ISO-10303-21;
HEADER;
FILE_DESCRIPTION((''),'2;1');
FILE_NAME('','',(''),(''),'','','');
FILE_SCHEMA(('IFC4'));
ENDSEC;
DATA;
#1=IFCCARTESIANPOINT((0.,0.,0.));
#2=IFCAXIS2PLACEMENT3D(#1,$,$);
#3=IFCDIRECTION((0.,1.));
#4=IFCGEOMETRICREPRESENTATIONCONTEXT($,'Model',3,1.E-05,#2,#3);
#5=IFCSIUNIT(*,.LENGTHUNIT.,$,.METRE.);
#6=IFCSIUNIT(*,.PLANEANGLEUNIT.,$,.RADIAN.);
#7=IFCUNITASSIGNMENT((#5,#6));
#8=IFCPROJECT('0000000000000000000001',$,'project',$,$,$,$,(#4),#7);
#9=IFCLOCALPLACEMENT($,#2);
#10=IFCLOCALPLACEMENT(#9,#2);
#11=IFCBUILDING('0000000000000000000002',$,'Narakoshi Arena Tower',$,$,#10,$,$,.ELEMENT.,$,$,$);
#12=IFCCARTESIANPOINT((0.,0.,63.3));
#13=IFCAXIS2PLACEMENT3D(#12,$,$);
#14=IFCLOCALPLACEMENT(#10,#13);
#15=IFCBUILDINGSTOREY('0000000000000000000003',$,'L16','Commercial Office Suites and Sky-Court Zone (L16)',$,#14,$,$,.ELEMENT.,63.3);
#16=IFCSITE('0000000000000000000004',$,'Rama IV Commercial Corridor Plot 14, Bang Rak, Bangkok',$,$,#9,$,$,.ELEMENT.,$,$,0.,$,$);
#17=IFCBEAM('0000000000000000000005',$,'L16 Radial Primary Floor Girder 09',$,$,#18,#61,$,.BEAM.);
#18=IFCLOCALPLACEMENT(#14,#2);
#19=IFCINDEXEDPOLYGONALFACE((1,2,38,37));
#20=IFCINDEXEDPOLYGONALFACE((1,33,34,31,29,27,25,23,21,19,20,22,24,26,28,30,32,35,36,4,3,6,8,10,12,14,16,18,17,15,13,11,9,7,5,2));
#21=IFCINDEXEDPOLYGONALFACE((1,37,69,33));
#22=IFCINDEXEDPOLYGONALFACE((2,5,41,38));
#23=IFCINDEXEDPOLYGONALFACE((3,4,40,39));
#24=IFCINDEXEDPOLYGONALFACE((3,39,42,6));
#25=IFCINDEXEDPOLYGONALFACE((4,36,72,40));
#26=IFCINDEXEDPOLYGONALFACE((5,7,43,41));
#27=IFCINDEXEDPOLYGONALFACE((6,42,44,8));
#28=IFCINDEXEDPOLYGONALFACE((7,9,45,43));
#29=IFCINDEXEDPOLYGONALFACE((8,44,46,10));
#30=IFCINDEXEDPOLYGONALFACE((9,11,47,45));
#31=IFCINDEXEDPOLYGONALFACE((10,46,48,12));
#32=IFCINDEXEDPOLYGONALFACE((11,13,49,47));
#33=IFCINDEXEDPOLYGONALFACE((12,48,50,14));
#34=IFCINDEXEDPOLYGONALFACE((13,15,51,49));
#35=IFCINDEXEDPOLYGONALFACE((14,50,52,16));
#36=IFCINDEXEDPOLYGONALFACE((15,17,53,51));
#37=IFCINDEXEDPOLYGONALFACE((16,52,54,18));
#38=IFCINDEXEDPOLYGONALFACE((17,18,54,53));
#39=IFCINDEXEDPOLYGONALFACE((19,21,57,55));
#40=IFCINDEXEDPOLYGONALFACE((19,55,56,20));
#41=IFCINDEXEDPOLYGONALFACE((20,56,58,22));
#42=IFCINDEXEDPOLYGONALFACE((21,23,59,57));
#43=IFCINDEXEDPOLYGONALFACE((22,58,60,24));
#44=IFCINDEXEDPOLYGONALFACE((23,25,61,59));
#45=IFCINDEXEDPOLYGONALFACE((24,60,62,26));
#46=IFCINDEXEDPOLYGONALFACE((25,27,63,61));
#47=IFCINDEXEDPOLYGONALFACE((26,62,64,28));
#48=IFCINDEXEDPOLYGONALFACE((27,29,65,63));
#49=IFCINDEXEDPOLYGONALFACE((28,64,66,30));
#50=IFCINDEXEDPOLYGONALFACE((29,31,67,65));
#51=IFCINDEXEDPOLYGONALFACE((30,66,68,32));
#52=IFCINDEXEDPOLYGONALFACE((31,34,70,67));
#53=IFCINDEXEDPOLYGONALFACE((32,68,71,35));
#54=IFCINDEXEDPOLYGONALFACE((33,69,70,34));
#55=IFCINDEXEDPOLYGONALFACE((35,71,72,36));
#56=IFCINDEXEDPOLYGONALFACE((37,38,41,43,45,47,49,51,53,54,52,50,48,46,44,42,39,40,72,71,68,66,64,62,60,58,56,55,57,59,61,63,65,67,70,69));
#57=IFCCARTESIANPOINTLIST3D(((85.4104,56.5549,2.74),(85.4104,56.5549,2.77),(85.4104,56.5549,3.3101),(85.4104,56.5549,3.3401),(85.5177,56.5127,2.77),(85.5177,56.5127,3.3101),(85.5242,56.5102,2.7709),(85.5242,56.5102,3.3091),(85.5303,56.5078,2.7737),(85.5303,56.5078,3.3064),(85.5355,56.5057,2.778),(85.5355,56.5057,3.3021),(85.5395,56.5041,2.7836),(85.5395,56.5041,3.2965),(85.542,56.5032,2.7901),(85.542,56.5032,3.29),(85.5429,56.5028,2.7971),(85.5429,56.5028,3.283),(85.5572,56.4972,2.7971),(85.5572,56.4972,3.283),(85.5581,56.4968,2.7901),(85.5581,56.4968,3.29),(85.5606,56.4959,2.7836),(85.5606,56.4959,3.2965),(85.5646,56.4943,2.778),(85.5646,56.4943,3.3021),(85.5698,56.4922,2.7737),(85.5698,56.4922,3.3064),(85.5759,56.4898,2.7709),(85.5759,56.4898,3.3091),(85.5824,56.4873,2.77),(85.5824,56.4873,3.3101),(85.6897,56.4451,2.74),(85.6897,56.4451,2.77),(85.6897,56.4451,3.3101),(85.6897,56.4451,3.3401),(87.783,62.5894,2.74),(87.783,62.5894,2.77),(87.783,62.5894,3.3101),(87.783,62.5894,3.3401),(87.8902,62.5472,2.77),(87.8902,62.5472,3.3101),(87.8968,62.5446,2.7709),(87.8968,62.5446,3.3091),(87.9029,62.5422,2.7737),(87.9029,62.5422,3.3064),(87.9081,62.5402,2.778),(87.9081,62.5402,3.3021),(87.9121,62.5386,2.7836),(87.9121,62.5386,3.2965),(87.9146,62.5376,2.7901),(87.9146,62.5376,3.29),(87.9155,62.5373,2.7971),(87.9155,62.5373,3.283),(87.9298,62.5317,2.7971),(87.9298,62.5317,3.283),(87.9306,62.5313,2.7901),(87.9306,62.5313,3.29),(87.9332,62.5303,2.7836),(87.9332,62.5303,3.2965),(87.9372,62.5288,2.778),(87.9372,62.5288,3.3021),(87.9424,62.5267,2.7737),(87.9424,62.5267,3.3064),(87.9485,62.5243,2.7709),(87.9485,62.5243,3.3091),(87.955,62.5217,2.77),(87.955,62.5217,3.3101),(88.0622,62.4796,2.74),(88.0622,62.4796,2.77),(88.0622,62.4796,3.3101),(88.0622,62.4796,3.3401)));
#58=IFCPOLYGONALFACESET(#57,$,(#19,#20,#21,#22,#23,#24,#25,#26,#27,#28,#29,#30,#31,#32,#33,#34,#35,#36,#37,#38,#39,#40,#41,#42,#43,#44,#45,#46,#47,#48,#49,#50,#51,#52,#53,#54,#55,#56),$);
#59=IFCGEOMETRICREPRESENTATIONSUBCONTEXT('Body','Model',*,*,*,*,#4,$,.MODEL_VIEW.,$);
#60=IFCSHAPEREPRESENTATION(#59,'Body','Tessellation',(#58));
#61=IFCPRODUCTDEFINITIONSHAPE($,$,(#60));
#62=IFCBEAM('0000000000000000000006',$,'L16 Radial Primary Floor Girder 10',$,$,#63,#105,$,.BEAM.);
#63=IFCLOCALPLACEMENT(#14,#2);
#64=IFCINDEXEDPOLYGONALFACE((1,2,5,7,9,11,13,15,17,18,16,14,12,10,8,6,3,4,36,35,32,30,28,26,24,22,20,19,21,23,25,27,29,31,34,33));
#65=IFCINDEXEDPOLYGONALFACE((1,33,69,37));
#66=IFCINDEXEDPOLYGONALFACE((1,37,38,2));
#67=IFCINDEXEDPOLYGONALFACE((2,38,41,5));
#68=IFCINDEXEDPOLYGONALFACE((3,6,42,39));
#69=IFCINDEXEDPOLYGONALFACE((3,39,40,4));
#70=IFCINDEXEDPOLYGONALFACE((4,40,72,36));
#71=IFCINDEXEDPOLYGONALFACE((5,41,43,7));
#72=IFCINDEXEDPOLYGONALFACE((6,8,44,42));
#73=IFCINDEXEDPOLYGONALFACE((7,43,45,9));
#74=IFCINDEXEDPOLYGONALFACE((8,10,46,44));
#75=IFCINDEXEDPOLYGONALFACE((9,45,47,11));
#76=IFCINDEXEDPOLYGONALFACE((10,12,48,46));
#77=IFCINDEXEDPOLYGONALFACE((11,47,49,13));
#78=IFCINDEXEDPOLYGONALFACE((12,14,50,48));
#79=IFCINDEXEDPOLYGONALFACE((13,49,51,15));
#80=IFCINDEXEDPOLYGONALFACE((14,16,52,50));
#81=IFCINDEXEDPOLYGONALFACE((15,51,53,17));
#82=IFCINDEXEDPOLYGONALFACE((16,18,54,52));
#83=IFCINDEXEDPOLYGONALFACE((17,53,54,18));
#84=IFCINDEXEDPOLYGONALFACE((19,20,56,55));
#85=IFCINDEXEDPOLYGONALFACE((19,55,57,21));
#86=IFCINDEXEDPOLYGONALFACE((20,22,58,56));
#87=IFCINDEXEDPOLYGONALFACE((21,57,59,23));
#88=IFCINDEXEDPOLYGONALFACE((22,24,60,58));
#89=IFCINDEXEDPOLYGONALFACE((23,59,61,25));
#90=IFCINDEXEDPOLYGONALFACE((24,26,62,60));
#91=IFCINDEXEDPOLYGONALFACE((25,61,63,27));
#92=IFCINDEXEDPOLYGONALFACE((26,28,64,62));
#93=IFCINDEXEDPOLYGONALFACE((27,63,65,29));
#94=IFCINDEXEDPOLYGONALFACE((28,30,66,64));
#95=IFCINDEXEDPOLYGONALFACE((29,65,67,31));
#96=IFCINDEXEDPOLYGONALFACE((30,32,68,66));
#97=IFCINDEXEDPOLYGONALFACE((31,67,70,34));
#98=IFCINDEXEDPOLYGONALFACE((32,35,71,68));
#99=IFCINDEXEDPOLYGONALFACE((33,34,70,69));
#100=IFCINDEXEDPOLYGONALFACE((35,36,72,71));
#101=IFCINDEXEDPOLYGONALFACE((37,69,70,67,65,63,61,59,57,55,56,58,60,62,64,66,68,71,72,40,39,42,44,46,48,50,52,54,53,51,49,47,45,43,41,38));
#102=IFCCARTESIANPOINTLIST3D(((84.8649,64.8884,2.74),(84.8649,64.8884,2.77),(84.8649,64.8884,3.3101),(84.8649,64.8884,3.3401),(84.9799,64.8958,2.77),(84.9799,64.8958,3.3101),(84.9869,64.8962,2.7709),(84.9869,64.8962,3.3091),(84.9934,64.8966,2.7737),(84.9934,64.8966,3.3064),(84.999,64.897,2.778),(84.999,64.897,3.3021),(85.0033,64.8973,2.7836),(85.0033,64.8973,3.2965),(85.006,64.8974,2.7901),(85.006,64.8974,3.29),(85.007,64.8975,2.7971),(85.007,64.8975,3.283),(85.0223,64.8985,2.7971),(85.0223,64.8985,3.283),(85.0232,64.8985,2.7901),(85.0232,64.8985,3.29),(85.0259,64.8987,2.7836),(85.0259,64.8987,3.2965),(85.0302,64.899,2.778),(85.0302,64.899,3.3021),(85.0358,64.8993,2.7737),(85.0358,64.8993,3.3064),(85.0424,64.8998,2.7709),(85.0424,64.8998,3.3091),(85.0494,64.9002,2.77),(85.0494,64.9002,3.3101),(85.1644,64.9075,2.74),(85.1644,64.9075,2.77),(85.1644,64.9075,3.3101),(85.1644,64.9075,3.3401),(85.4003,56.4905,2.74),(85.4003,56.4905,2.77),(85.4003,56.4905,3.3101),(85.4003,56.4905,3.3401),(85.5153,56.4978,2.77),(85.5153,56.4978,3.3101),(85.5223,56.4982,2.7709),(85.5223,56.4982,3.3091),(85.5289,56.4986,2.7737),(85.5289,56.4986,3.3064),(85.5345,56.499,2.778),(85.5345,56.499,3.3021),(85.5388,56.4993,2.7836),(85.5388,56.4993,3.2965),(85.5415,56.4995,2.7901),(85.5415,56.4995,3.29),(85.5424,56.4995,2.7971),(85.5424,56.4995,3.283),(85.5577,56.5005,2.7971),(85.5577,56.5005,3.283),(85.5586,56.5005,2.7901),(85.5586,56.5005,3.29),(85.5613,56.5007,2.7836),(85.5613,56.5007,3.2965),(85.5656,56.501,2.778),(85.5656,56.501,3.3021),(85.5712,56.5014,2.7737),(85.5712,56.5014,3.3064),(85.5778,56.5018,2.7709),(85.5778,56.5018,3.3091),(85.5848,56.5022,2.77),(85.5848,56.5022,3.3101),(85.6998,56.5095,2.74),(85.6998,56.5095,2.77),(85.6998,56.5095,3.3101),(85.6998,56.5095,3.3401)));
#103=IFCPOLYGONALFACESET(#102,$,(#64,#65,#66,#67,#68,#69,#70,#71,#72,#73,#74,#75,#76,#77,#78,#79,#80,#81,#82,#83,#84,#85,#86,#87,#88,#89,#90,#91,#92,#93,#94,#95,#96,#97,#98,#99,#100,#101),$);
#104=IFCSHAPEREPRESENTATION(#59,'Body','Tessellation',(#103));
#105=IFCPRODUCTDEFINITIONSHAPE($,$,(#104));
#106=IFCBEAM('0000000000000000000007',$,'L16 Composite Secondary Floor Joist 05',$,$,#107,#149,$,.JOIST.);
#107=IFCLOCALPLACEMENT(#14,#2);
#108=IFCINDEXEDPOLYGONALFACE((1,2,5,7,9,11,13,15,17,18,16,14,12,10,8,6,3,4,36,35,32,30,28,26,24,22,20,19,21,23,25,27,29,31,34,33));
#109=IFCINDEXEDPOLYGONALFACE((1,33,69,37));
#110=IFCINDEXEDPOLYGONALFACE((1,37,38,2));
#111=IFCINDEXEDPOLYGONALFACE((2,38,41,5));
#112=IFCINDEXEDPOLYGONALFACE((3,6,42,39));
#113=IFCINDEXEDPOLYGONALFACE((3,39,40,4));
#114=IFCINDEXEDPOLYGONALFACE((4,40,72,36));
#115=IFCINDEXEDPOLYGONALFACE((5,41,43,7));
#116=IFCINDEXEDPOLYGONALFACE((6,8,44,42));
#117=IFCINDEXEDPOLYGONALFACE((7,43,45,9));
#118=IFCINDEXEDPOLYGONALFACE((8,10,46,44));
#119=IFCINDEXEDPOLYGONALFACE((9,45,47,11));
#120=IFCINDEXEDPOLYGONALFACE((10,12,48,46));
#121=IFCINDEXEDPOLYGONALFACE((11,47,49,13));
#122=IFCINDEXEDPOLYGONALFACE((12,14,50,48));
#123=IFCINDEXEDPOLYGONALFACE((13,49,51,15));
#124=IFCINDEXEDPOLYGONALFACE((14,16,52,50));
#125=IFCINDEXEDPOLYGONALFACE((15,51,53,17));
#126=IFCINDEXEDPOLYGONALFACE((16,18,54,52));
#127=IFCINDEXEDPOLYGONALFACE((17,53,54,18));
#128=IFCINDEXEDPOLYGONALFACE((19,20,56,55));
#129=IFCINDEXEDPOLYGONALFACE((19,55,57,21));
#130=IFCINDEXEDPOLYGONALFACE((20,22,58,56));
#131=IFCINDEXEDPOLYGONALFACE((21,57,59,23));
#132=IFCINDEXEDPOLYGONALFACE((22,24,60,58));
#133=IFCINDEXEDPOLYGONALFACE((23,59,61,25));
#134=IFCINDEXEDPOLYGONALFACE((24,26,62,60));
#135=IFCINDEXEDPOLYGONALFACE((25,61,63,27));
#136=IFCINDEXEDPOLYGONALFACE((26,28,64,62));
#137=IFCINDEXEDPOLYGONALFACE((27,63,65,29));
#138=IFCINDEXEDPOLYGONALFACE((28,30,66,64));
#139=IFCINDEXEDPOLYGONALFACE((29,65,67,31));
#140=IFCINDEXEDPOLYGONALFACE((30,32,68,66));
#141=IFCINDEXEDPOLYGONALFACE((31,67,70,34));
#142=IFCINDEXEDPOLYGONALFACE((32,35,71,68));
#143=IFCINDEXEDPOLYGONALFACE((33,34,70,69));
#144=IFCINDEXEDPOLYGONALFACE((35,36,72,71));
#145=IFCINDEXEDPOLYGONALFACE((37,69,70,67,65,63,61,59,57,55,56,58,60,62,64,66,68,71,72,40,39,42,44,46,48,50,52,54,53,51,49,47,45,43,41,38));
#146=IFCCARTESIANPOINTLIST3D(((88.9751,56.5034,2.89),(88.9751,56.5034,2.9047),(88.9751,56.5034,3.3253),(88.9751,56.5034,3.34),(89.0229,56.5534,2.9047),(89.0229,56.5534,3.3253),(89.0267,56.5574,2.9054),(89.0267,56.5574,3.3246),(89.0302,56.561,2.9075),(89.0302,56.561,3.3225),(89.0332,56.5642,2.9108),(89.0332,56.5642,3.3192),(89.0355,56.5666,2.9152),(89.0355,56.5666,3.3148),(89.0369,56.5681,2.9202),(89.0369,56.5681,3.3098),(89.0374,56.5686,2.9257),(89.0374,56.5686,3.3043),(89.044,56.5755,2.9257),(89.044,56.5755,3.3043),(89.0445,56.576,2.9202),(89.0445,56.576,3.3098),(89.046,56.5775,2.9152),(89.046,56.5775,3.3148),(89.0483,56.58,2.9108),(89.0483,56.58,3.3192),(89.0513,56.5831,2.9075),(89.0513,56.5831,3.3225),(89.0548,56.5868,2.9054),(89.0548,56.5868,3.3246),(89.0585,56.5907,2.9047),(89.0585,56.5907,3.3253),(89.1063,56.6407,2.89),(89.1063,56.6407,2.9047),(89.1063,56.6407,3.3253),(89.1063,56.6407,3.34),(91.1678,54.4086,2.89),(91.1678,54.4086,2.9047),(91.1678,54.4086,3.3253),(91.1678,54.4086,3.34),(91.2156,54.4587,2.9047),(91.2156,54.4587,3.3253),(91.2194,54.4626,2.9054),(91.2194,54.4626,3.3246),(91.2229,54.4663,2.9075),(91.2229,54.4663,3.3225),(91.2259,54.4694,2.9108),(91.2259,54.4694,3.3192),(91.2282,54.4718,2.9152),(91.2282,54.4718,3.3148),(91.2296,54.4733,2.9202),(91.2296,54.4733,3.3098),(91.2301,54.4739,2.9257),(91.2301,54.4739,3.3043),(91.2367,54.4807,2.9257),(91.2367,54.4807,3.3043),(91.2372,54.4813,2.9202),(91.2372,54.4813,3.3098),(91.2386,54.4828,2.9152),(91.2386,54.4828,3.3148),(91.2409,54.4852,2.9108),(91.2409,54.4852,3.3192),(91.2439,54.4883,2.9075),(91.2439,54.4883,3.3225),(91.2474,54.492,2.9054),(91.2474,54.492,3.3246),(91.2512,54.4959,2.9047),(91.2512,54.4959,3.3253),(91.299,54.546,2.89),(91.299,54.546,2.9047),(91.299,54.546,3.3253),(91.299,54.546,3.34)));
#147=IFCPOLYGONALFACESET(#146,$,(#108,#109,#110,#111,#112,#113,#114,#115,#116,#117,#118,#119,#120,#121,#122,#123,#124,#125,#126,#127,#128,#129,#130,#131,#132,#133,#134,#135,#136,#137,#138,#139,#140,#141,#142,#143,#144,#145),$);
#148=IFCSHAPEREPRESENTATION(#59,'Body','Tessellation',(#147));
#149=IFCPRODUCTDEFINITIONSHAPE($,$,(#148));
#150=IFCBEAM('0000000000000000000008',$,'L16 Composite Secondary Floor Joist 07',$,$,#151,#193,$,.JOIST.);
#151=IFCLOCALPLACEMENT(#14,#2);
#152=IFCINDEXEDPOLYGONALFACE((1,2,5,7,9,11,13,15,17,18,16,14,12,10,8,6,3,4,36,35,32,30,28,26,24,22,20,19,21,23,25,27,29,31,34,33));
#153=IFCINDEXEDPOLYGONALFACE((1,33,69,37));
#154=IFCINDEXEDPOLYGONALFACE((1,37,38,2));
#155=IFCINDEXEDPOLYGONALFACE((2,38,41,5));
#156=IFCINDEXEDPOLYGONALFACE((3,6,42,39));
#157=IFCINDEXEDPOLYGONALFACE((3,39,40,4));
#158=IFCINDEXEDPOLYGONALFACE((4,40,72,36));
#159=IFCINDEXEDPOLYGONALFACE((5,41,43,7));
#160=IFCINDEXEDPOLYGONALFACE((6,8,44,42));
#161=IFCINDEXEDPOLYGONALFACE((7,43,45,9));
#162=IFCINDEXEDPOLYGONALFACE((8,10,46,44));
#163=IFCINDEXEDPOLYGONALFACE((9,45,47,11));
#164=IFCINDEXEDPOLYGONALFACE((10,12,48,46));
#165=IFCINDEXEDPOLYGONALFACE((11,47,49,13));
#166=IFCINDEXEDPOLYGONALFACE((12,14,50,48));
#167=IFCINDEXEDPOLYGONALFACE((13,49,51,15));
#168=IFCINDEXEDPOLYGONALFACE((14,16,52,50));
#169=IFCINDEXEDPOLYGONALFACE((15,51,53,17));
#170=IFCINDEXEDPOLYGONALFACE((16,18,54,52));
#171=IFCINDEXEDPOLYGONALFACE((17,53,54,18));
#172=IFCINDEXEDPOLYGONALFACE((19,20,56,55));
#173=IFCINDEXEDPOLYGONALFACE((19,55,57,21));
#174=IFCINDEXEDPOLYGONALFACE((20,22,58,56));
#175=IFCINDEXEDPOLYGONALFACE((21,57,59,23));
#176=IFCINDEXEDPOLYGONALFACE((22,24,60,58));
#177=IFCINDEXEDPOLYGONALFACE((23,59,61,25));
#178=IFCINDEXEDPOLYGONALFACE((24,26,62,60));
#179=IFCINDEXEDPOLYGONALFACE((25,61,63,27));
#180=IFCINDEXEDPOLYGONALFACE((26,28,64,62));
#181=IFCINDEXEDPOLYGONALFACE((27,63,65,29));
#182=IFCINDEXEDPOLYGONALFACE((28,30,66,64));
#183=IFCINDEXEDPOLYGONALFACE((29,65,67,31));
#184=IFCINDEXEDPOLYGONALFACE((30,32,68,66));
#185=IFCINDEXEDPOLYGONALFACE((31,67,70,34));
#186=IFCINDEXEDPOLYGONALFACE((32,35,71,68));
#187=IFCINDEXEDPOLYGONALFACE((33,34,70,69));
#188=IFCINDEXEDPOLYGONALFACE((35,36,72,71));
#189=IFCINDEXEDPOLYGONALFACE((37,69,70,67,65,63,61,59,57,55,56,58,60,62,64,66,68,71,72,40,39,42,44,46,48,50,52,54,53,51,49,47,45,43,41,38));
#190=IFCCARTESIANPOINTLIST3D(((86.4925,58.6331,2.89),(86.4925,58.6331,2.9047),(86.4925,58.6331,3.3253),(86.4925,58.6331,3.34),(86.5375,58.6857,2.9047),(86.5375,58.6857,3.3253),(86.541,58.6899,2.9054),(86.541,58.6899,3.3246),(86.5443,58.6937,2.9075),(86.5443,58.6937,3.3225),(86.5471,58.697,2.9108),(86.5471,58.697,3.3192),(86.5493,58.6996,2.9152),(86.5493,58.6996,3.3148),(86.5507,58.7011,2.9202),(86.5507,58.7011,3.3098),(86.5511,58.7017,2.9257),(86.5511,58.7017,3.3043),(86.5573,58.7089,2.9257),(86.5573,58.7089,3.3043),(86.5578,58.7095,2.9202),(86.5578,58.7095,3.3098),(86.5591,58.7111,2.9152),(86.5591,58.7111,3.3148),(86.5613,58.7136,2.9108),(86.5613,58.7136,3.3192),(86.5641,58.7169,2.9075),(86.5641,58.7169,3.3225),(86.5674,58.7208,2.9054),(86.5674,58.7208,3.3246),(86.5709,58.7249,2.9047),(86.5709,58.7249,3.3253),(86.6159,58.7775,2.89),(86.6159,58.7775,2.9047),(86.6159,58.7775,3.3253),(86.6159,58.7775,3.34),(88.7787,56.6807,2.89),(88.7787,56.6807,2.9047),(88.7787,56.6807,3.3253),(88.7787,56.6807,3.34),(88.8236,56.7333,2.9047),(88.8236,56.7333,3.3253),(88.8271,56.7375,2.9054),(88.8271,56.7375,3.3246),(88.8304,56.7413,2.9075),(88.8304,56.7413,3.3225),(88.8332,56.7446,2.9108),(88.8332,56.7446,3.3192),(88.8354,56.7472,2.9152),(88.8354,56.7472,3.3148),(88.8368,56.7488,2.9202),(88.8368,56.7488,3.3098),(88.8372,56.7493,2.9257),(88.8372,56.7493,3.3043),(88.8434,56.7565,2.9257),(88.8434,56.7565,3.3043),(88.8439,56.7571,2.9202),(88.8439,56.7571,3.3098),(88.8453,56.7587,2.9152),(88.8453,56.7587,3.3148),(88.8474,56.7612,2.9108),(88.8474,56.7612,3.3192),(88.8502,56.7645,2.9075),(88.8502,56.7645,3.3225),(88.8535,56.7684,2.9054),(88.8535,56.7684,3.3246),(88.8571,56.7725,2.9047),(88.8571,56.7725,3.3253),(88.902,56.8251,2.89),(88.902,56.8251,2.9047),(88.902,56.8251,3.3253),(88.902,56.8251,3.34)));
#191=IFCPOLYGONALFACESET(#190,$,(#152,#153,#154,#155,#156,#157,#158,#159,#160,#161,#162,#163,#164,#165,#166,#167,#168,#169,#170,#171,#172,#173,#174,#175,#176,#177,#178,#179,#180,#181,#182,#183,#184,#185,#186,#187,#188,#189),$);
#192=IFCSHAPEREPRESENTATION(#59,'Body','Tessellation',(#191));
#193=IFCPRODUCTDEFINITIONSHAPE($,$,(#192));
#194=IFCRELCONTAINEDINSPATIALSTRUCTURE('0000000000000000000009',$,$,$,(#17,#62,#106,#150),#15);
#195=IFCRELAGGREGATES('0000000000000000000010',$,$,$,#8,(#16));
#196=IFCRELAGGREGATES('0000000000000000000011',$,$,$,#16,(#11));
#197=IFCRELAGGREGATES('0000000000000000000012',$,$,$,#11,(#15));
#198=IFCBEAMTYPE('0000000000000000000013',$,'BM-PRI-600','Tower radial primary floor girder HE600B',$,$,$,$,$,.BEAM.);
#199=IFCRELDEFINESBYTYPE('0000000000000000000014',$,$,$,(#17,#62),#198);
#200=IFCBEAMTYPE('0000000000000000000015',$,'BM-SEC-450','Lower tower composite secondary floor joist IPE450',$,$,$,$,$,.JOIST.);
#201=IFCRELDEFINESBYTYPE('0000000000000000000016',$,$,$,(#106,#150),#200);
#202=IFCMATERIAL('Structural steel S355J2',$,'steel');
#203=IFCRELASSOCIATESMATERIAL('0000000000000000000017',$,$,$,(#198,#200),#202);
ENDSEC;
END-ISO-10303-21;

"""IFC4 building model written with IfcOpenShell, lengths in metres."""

from ifc_helpers import new_model, si_unit, direction, frame, origin, origin_2d, place, context, subcontext, project, spatial, i_section, extrude, material, material_profile, profile_set, type_object, element, save


model = new_model("IFC4")

# Units and contexts
model_context = context("Model", 3, precision=1e-05, world=origin(), true_north=direction((0.0, 1.0)))
body_context = subcontext(model_context, "Body", "Model", "MODEL_VIEW")
ifc_project = project(units=[si_unit("LENGTHUNIT", "METRE"), si_unit("PLANEANGLEUNIT", "RADIAN")], contexts=[model_context])

# Site, building, storey
site_placement = place(None, origin())
site = spatial("IfcSite", under=ifc_project, at=site_placement, Name="Rama IV Commercial Corridor Plot 14, Bang Rak, Bangkok", CompositionType="ELEMENT", RefElevation=0.0)
building_placement = place(site_placement, origin())
building = spatial("IfcBuilding", under=site, at=building_placement, Name="Narakoshi Arena Tower", CompositionType="ELEMENT")
storey_placement = place(building_placement, frame((0.0, 0.0, 63.3)))
storey = spatial("IfcBuildingStorey", under=building, at=storey_placement, Name="L16", Description="Commercial Office Suites and Sky-Court Zone (L16)", CompositionType="ELEMENT", Elevation=63.3)

# Beams
ifc_material_1 = material(Name="Structural steel S355J2", Category="steel")
ifc_material_profile_1 = material_profile(ifc_material_1, i_section(OverallWidth=0.3, OverallDepth=0.6001, WebThickness=0.0154, FlangeThickness=0.03, FilletRadius=0.0271, at=origin_2d()), Name="HE600B")
ifc_profile_set_1 = profile_set([ifc_material_profile_1], Name="Structural steel S355J2")
beam_type_1 = type_object("IfcBeamType", Name="BM-PRI-600", Description="Tower radial primary floor girder HE600B", PredefinedType="BEAM", material=ifc_profile_set_1)
beam_1_placement = place(storey_placement, frame((85.55, 56.5, 3.04), z_axis=(0.365905, 0.930652, 0.0), x_axis=(-0.930652, 0.365905, 0.0)))
element("IfcBeam", 1, at=beam_1_placement, inside=storey, type_object=beam_type_1, Name="L16 Radial Primary Floor Girder 09", PredefinedType="BEAM", context=body_context, shape_type="SweptSolid", body=[
    extrude(i_section(OverallWidth=0.3, OverallDepth=0.6001, WebThickness=0.0154, FlangeThickness=0.03, FilletRadius=0.0271, at=origin_2d()), origin(), (0.0, 0.0, 1.0), 6.4841),
])
beam_2_placement = place(storey_placement, frame((85.55, 56.5, 3.04), z_axis=(-0.063625, 0.997974, 0.0), x_axis=(-0.997974, -0.063625, 0.0)))
element("IfcBeam", 2, at=beam_2_placement, inside=storey, type_object=beam_type_1, Name="L16 Radial Primary Floor Girder 10", PredefinedType="BEAM", context=body_context, shape_type="SweptSolid", body=[
    extrude(i_section(OverallWidth=0.3, OverallDepth=0.6001, WebThickness=0.0154, FlangeThickness=0.03, FilletRadius=0.0271, at=origin_2d()), origin(), (0.0, 0.0, 1.0), 8.415),
])
ifc_material_profile_2 = material_profile(ifc_material_1, i_section(OverallWidth=0.1899, OverallDepth=0.45, WebThickness=0.0095, FlangeThickness=0.0146, FilletRadius=0.021, at=origin_2d()), Name="IPE450")
ifc_profile_set_2 = profile_set([ifc_material_profile_2], Name="Structural steel S355J2")
beam_type_2 = type_object("IfcBeamType", Name="BM-SEC-450", Description="Lower tower composite secondary floor joist IPE450", PredefinedType="JOIST", material=ifc_profile_set_2)
beam_3_placement = place(storey_placement, frame((91.2334, 54.4773, 3.115), z_axis=(-0.723065, 0.69078, 0.0), x_axis=(-0.69078, -0.723065, 0.0)))
element("IfcBeam", 3, at=beam_3_placement, inside=storey, type_object=beam_type_2, Name="L16 Composite Secondary Floor Joist 05", PredefinedType="JOIST", context=body_context, shape_type="SweptSolid", body=[
    extrude(i_section(OverallWidth=0.1899, OverallDepth=0.45, WebThickness=0.0095, FlangeThickness=0.0146, FilletRadius=0.021, at=origin_2d()), origin(), (0.0, 0.0, 1.0), 3.0325),
])
beam_4_placement = place(storey_placement, frame((88.8403, 56.7529, 3.115), z_axis=(-0.76043, 0.649419, 0.0), x_axis=(-0.649419, -0.76043, 0.0)))
element("IfcBeam", 4, at=beam_4_placement, inside=storey, type_object=beam_type_2, Name="L16 Composite Secondary Floor Joist 07", PredefinedType="JOIST", context=body_context, shape_type="SweptSolid", body=[
    extrude(i_section(OverallWidth=0.1899, OverallDepth=0.45, WebThickness=0.0095, FlangeThickness=0.0146, FilletRadius=0.021, at=origin_2d()), origin(), (0.0, 0.0, 1.0), 3.0063),
])

save(model, "model.ifc")
